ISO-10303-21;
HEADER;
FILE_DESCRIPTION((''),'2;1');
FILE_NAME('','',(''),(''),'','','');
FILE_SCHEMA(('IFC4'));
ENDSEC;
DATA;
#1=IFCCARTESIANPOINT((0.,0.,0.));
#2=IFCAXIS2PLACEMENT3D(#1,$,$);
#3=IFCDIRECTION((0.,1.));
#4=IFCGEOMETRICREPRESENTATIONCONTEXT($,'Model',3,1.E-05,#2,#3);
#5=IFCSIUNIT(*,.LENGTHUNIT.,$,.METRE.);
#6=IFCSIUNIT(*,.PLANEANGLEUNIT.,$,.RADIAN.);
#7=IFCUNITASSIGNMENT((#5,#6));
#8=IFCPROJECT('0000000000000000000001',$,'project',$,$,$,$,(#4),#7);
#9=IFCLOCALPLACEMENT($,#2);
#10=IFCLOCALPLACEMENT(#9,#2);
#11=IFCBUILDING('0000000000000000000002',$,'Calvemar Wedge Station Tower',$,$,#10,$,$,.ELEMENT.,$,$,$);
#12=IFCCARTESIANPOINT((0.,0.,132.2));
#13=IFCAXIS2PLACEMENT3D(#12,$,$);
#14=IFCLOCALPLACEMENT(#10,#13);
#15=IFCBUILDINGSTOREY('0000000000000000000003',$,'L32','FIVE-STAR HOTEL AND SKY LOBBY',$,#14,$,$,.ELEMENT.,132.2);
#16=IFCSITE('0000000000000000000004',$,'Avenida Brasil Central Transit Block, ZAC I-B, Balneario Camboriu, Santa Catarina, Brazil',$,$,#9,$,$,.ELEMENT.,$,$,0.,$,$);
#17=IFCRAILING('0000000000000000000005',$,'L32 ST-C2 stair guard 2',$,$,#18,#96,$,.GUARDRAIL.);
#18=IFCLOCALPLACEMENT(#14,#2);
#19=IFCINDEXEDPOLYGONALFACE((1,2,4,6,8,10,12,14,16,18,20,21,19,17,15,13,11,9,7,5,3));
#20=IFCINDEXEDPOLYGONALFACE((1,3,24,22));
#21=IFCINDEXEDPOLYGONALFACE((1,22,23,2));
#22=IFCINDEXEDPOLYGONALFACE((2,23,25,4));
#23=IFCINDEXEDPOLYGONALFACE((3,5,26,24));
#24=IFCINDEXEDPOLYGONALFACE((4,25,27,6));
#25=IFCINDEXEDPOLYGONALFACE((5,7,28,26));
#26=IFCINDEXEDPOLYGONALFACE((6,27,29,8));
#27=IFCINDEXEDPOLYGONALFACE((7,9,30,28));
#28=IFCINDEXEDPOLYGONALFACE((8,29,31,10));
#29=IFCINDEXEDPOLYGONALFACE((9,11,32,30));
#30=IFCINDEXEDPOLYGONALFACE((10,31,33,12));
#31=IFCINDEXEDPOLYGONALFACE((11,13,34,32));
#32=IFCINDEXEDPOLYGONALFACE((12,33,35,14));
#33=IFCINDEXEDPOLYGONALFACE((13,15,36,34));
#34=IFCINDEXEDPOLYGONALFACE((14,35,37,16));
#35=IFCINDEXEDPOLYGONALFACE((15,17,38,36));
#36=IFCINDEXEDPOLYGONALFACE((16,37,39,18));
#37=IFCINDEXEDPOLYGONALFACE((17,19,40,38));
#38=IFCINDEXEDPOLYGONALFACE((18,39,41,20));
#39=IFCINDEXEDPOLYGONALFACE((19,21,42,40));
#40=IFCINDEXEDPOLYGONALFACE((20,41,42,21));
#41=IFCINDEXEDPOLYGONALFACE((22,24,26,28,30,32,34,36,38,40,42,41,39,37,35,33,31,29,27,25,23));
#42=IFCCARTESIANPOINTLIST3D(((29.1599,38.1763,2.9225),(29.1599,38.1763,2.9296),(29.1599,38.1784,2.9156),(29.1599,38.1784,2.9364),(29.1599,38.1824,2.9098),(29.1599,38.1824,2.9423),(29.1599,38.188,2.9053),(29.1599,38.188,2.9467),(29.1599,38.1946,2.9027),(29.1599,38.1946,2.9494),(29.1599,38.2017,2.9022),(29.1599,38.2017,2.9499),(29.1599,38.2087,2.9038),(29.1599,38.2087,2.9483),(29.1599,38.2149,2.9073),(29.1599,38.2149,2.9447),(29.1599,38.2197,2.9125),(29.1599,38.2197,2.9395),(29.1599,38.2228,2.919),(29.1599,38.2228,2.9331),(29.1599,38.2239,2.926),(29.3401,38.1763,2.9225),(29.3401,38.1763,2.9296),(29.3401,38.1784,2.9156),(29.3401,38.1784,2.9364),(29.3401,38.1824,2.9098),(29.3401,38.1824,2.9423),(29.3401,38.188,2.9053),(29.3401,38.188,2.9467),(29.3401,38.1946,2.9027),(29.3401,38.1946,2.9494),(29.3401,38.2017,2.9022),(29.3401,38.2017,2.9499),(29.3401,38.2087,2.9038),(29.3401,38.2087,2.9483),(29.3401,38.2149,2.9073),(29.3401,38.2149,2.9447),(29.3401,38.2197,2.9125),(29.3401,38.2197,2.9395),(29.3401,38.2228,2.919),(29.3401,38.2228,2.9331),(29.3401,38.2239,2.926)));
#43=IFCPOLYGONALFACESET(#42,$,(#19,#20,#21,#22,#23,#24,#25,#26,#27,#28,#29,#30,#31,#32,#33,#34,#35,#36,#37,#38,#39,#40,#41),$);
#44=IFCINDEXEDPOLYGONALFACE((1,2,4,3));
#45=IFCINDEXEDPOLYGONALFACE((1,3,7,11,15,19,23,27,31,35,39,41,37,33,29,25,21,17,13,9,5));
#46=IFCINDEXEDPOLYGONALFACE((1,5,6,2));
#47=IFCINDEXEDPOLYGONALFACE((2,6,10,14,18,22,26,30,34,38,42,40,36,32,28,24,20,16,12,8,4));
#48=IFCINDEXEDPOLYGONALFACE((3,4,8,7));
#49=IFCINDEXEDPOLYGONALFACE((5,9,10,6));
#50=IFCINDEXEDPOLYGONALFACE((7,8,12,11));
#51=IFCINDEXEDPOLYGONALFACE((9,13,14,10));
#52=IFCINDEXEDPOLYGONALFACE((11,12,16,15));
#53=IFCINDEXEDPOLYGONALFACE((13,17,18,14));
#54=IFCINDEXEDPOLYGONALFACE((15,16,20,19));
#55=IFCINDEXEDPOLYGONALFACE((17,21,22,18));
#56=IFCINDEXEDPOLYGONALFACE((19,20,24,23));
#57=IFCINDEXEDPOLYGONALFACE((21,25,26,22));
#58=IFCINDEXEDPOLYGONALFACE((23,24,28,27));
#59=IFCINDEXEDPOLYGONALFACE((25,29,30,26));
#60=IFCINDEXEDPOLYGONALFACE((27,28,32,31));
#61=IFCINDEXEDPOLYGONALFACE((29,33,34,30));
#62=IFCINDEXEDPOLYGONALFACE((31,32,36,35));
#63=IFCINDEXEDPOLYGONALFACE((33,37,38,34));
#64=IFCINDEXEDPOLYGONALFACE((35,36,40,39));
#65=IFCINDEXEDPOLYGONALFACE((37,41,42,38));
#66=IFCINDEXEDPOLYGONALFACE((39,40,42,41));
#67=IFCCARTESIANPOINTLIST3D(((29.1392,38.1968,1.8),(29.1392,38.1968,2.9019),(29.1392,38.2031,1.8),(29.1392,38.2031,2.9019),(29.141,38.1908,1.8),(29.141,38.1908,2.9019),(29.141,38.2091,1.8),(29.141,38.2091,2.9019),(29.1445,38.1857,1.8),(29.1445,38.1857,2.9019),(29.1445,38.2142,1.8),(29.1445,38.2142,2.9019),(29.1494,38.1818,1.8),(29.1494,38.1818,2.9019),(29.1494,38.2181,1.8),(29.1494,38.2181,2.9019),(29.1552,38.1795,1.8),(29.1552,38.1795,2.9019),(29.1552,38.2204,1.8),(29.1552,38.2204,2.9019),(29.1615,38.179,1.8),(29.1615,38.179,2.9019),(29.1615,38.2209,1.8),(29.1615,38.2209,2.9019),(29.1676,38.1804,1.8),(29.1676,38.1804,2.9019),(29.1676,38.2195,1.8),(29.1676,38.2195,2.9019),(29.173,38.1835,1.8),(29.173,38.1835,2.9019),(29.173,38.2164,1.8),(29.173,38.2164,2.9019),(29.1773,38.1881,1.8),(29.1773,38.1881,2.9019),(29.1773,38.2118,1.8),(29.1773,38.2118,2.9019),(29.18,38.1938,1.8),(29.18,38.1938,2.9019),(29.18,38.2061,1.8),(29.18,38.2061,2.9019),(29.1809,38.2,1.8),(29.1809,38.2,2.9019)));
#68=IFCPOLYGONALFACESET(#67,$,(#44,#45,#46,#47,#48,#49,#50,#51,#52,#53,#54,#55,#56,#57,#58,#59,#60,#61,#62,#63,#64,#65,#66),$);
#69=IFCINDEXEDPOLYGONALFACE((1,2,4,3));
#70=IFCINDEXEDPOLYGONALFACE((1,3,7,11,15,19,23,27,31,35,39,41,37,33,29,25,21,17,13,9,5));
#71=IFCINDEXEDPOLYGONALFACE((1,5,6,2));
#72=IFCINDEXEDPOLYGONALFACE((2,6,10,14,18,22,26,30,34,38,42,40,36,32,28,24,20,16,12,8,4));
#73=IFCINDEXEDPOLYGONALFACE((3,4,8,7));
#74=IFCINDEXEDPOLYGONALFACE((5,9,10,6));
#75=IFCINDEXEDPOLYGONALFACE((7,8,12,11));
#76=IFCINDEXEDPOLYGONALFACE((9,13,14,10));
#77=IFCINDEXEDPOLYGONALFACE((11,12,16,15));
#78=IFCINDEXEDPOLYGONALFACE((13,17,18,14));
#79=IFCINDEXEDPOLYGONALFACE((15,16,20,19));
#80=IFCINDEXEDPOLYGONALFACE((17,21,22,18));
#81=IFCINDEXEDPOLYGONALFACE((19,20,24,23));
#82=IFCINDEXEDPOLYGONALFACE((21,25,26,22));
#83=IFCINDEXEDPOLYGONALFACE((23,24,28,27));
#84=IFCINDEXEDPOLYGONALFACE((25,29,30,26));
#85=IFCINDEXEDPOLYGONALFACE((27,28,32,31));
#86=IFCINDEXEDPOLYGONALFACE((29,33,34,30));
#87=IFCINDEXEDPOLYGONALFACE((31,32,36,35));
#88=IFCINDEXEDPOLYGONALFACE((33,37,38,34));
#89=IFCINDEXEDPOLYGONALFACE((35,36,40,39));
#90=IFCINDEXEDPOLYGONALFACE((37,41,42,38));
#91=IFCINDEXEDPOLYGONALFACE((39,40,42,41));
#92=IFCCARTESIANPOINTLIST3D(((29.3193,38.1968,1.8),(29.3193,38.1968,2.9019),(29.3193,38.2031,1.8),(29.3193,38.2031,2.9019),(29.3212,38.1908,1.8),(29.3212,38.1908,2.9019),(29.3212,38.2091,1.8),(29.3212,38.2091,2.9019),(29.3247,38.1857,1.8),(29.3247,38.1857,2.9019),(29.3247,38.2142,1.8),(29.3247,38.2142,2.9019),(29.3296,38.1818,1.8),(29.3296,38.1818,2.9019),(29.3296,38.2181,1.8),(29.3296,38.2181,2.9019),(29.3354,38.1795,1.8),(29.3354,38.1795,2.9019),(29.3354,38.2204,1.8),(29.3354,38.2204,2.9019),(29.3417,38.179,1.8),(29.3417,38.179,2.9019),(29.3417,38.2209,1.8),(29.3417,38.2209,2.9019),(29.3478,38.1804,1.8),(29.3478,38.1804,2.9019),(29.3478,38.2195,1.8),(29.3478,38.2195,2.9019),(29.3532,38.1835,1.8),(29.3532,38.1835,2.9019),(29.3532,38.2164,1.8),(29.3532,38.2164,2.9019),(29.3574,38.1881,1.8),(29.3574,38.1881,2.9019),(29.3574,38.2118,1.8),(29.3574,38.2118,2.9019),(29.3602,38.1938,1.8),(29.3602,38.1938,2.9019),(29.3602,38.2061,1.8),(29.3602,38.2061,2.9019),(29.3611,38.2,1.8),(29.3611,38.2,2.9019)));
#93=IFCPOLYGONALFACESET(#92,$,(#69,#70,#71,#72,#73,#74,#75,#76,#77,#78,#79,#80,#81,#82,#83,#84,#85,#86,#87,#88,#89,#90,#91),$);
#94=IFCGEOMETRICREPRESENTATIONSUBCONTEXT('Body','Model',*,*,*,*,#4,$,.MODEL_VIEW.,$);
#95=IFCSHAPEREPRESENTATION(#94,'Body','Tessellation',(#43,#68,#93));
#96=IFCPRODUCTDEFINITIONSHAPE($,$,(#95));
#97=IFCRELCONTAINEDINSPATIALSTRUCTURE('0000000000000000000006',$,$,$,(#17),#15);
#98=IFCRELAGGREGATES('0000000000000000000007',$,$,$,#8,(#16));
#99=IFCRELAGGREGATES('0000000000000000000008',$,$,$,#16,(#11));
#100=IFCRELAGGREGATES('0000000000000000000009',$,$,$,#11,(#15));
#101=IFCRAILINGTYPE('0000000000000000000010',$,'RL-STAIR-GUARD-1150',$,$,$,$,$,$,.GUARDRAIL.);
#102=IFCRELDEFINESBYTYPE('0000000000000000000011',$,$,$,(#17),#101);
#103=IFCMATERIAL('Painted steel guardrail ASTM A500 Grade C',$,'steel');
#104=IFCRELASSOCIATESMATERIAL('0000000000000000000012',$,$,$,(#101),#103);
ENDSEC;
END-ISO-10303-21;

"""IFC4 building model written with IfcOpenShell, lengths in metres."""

from ifc_helpers import new_model, si_unit, direction, frame, origin, origin_2d, place, context, subcontext, project, spatial, circle, extrude, material, type_object, element, save


model = new_model("IFC4")

# Units and contexts
model_context = context("Model", 3, precision=1e-05, world=origin(), true_north=direction((0.0, 1.0)))
body_context = subcontext(model_context, "Body", "Model", "MODEL_VIEW")
ifc_project = project(units=[si_unit("LENGTHUNIT", "METRE"), si_unit("PLANEANGLEUNIT", "RADIAN")], contexts=[model_context])

# Site, building, storey
site_placement = place(None, origin())
site = spatial("IfcSite", under=ifc_project, at=site_placement, Name="Avenida Brasil Central Transit Block, ZAC I-B, Balneario Camboriu, Santa Catarina, Brazil", CompositionType="ELEMENT", RefElevation=0.0)
building_placement = place(site_placement, origin())
building = spatial("IfcBuilding", under=site, at=building_placement, Name="Calvemar Wedge Station Tower", CompositionType="ELEMENT")
storey_placement = place(building_placement, frame((0.0, 0.0, 132.2)))
storey = spatial("IfcBuildingStorey", under=building, at=storey_placement, Name="L32", Description="FIVE-STAR HOTEL AND SKY LOBBY", CompositionType="ELEMENT", Elevation=132.2)

# Railing
ifc_material_1 = material(Name="Painted steel guardrail ASTM A500 Grade C", Category="steel")
railing_type_1 = type_object("IfcRailingType", Name="RL-STAIR-GUARD-1150", PredefinedType="GUARDRAIL", material=ifc_material_1)
railing_1_placement = place(storey_placement, frame((29.1599, 38.2, 1.8)))
element("IfcRailing", 1, at=railing_1_placement, inside=storey, type_object=railing_type_1, Name="L32 ST-C2 stair guard 2", PredefinedType="GUARDRAIL", context=body_context, shape_type="SweptSolid", body=[
    extrude(circle(Radius=0.0239, at=origin_2d()), frame((0.0, 0.0, 1.126), z_axis=(1.0, 0.0, 0.0), x_axis=(0.0, 1.0, 0.0)), (0.0, 0.0, 1.0), 0.1802),
    extrude(circle(Radius=0.021, at=origin_2d()), origin(), (0.0, 0.0, 1.0), 1.1018),
    extrude(circle(Radius=0.021, at=origin_2d()), frame((0.1802, 0.0, 0.0)), (0.0, 0.0, 1.0), 1.1018),
])

save(model, "model.ifc")
